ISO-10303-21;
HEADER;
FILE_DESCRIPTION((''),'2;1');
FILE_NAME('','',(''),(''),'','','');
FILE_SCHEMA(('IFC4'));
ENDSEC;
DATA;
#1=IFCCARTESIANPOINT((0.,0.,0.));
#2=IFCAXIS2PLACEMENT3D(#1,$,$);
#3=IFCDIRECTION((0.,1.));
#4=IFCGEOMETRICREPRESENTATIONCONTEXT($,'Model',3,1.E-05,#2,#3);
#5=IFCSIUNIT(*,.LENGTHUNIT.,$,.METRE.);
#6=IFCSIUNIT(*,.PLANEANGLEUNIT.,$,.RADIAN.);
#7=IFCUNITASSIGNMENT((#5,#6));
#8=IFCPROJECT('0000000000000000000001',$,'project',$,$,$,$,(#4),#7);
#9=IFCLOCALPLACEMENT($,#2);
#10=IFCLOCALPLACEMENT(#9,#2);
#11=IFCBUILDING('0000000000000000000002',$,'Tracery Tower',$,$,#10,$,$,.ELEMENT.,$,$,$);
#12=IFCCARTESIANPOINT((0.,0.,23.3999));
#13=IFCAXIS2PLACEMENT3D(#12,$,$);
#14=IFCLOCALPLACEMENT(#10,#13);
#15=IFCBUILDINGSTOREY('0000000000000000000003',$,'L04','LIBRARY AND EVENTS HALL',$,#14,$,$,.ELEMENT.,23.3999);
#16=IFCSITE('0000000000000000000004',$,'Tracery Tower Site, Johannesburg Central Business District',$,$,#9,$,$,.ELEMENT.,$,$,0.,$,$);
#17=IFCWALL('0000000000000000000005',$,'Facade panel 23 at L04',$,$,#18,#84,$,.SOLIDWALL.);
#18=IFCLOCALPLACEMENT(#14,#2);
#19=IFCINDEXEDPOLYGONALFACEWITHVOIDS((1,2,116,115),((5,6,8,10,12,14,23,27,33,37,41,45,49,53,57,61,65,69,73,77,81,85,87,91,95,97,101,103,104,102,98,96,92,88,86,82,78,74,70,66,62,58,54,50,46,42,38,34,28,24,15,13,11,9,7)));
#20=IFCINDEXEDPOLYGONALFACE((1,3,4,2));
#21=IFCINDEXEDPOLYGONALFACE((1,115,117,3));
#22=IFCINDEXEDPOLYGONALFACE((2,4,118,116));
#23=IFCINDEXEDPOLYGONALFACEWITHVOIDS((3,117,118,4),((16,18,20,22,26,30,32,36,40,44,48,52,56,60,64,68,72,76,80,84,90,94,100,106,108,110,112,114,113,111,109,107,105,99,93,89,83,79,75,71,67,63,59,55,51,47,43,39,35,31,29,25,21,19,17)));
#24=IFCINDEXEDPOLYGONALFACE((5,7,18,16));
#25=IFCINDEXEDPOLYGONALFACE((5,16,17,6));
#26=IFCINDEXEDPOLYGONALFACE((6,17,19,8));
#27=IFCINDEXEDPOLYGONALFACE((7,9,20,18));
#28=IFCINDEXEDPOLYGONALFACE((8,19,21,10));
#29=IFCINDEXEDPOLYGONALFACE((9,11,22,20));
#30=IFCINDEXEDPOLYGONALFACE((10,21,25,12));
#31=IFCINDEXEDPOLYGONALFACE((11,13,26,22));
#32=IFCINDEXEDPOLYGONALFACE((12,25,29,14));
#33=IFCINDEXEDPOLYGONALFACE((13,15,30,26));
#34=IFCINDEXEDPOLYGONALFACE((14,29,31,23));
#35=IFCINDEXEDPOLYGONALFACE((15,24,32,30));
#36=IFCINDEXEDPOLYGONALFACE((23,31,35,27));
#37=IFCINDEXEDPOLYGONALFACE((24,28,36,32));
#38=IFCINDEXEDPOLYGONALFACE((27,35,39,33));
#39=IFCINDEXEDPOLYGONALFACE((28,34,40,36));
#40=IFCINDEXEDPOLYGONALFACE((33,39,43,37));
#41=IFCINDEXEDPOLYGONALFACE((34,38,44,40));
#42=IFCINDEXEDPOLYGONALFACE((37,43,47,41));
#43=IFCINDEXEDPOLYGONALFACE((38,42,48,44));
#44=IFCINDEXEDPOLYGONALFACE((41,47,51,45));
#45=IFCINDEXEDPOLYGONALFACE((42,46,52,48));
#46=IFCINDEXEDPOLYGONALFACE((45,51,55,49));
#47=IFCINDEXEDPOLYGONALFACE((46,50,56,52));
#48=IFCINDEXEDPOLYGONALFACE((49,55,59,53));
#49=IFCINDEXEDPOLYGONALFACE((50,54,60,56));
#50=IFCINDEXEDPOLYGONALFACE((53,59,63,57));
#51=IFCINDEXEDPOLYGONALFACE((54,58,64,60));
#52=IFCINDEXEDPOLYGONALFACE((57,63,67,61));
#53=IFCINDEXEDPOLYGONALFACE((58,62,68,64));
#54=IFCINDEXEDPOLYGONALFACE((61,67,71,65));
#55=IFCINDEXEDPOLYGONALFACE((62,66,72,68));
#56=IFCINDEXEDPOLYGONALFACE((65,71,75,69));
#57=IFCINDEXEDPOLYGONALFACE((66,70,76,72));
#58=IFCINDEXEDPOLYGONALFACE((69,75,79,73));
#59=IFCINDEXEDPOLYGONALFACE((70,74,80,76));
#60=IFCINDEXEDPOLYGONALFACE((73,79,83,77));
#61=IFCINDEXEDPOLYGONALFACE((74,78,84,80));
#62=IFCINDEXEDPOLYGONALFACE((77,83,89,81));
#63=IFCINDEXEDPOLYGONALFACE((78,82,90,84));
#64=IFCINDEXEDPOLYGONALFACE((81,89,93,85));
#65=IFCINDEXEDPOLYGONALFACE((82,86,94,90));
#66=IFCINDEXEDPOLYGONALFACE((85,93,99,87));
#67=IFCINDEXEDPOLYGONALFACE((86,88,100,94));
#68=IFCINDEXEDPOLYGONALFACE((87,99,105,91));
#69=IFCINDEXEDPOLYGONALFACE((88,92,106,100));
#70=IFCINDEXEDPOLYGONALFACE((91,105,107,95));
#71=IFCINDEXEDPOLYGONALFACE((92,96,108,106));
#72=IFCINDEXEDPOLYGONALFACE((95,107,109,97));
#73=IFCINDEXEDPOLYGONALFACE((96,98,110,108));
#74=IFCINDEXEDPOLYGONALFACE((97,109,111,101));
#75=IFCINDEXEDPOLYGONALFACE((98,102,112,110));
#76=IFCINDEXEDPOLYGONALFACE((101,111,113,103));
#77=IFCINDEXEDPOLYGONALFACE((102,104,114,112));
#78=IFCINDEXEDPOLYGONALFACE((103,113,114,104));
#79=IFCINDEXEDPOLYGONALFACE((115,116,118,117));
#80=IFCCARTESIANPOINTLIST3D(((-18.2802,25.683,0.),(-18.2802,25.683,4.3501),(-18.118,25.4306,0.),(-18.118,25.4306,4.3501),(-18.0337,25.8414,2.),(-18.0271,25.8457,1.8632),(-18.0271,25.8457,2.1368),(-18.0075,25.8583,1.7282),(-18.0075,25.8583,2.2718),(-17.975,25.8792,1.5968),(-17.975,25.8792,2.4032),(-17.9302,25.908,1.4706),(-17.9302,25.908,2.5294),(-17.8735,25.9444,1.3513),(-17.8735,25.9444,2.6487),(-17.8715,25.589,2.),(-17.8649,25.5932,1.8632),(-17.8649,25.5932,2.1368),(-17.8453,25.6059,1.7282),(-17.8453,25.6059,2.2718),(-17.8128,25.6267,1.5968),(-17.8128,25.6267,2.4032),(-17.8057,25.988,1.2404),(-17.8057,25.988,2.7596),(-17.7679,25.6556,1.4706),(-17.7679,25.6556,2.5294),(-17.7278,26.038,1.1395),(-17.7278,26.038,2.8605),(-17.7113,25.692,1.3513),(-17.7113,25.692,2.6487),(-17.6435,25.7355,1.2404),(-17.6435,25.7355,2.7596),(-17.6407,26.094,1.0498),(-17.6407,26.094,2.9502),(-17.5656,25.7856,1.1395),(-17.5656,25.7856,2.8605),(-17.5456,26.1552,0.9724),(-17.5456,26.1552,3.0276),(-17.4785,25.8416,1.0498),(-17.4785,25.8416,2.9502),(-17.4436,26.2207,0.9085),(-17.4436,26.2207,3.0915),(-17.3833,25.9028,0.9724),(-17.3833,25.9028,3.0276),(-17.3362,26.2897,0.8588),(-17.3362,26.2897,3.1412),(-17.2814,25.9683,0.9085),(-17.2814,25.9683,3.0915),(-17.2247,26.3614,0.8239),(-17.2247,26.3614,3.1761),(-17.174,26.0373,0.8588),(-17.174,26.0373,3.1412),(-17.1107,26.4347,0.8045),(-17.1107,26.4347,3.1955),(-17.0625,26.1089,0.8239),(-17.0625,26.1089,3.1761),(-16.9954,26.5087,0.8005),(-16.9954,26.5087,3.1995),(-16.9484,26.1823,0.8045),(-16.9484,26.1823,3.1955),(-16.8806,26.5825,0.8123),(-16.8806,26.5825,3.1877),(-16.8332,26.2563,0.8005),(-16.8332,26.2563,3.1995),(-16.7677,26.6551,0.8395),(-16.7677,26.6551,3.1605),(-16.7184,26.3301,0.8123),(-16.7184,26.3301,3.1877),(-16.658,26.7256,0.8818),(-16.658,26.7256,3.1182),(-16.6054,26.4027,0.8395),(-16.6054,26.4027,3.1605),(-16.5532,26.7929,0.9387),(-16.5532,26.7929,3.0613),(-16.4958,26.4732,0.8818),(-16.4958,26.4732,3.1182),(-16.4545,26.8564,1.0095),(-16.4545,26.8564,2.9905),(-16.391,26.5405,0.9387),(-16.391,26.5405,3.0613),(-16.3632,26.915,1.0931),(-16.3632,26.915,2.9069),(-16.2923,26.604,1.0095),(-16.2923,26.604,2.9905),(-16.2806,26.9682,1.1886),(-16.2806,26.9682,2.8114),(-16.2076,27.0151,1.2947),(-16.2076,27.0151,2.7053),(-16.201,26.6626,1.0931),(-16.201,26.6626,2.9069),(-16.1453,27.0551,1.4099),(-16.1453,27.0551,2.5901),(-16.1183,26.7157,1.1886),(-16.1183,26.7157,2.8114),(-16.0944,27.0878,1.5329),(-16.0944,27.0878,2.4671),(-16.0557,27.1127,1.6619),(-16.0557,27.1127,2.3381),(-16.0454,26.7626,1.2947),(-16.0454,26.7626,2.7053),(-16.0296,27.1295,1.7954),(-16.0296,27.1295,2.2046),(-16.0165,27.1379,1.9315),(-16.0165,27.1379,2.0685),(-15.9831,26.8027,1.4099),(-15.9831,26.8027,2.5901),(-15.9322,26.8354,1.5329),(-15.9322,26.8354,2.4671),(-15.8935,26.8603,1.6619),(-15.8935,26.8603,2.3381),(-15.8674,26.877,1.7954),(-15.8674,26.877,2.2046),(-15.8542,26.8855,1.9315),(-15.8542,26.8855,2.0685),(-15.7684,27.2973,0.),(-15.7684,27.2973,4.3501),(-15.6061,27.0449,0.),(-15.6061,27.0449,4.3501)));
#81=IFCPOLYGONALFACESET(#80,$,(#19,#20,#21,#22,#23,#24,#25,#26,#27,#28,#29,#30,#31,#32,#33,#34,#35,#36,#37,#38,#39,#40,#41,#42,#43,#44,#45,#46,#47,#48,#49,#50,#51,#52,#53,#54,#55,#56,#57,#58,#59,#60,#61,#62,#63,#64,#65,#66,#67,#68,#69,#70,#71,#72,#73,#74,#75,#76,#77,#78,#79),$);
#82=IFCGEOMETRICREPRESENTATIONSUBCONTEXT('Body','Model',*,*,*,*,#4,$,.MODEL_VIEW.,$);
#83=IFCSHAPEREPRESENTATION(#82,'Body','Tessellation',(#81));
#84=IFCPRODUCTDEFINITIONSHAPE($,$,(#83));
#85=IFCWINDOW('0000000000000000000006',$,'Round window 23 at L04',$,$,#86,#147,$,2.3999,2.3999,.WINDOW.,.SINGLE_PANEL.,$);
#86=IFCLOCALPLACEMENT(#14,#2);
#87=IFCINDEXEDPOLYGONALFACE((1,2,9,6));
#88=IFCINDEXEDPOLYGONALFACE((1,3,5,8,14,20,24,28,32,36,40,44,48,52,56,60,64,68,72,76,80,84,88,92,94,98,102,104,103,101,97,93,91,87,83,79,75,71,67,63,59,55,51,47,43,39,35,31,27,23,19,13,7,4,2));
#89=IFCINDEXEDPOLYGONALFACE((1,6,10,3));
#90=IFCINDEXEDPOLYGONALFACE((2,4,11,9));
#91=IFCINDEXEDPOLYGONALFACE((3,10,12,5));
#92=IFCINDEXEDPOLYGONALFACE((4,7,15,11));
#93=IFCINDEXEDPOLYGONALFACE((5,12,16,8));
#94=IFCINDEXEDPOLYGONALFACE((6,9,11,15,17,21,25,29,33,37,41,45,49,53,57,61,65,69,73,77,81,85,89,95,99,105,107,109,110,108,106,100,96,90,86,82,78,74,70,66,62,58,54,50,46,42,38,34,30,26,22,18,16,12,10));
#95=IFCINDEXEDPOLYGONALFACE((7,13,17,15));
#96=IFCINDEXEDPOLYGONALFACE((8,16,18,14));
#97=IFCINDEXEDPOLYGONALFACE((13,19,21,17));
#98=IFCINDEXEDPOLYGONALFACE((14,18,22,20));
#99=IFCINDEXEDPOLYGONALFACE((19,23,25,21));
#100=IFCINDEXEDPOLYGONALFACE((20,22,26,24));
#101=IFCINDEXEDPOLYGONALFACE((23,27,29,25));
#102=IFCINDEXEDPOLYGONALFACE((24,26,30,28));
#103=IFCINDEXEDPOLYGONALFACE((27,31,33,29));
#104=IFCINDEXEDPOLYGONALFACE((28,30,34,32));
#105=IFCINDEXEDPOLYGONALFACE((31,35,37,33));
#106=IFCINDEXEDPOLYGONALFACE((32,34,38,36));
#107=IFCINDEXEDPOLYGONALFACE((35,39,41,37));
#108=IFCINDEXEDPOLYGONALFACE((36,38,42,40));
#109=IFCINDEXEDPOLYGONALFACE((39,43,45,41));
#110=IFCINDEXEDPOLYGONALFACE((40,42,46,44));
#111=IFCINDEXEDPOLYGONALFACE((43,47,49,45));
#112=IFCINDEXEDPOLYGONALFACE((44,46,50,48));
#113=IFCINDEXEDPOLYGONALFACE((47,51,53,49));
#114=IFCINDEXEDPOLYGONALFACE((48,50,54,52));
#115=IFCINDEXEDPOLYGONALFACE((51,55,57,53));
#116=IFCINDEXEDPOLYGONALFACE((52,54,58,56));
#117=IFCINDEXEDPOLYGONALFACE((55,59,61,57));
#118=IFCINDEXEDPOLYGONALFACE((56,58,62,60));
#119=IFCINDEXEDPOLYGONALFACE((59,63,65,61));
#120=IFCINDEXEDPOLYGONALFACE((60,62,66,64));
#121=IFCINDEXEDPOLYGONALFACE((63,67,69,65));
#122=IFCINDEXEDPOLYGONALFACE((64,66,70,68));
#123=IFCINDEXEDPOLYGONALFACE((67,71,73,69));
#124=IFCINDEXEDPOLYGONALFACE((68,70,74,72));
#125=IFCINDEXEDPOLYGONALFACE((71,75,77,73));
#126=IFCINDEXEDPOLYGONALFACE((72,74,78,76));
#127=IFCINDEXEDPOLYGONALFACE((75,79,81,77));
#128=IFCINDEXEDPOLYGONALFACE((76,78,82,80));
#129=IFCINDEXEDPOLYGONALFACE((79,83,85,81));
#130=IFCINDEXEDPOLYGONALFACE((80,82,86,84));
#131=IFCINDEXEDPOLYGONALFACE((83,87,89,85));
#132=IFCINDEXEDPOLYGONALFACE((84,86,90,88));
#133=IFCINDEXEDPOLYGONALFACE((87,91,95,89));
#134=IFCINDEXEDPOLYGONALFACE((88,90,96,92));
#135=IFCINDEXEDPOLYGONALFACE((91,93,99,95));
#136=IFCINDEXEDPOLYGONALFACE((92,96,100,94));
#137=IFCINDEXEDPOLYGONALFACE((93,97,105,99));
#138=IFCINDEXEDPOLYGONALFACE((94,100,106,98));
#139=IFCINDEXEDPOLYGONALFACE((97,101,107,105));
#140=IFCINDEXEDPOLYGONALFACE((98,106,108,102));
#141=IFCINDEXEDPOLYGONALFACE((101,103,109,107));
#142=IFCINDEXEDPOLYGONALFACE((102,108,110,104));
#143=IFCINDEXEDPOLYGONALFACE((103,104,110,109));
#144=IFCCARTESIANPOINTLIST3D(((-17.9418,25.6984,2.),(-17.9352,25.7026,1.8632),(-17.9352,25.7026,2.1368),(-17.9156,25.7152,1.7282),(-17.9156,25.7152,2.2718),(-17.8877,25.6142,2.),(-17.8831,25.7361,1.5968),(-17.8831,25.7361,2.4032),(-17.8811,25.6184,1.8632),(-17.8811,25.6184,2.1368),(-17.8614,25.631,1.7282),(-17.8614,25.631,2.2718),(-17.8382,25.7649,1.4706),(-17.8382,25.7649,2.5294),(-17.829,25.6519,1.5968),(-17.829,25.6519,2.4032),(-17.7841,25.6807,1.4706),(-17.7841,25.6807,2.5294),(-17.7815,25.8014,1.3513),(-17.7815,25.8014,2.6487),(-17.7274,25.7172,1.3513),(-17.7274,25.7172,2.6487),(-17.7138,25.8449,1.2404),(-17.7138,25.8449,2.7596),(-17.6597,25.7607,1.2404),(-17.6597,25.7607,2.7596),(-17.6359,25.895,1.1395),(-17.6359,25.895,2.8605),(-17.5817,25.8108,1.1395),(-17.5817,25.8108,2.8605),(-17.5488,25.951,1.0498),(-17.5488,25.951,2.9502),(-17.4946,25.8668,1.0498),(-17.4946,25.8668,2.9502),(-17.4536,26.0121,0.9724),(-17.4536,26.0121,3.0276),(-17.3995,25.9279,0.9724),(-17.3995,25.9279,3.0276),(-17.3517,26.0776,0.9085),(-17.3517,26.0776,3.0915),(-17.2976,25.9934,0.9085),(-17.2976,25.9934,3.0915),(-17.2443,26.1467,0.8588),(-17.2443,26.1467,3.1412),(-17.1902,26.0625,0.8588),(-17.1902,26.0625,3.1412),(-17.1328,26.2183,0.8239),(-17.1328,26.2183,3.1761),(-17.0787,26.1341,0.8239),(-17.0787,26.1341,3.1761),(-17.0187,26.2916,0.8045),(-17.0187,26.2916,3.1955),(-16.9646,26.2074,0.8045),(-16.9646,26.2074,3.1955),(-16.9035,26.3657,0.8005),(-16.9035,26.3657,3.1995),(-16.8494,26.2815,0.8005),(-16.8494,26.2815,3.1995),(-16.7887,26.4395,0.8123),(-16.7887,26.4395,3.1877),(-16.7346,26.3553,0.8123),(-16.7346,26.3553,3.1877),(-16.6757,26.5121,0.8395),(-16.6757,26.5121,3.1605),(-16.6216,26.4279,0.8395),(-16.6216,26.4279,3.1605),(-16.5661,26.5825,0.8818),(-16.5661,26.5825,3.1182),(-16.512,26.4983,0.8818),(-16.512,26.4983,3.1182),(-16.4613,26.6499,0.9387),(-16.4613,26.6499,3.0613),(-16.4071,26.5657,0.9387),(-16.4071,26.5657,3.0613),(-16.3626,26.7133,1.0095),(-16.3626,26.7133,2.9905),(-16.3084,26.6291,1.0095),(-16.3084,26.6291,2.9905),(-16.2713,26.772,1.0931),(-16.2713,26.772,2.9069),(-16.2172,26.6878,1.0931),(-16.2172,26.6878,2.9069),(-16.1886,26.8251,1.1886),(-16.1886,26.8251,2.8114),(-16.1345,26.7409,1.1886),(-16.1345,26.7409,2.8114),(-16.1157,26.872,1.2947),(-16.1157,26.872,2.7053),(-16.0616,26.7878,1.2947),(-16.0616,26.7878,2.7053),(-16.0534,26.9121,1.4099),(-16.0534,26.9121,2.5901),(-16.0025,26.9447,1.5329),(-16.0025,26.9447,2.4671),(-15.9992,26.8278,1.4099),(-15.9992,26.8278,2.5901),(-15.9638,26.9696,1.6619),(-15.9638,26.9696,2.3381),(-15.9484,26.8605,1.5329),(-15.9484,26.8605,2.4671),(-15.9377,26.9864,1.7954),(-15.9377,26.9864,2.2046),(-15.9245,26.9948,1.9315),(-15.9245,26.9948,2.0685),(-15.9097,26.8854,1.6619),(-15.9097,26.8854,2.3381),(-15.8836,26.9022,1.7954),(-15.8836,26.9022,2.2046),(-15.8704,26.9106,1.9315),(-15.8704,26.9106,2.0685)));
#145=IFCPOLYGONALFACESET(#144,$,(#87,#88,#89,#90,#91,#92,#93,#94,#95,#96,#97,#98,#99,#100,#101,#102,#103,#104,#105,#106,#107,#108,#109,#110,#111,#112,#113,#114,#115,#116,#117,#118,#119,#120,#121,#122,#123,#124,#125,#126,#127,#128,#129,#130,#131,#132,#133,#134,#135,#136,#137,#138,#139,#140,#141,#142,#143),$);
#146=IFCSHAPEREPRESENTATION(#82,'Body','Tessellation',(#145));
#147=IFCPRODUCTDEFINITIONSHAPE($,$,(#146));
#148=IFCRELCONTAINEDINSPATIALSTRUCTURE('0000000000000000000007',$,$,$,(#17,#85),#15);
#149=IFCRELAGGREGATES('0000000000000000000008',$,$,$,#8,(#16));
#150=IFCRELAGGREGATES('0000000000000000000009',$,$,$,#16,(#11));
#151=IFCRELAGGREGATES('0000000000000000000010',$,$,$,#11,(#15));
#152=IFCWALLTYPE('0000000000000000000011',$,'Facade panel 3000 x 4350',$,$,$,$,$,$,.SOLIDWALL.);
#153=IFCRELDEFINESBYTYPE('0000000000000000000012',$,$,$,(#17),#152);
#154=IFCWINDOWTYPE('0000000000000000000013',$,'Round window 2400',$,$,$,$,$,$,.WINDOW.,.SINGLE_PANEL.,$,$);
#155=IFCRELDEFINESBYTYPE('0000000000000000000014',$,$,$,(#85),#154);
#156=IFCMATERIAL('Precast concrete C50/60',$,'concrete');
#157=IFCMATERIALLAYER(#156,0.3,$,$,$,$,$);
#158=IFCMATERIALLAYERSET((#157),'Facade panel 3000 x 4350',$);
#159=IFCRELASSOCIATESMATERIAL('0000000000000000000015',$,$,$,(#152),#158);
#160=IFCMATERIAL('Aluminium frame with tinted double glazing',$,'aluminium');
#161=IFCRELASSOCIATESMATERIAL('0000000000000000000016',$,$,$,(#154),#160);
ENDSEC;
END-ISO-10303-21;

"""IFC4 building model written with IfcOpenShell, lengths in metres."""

from ifc_helpers import new_model, si_unit, direction, frame, frame_2d, origin, origin_2d, place, context, subcontext, project, spatial, rectangle, circle, extrude, material, layer, layer_set, type_object, element, fill, save


model = new_model("IFC4")

# Units and contexts
model_context = context("Model", 3, precision=1e-05, world=origin(), true_north=direction((0.0, 1.0)))
body_context = subcontext(model_context, "Body", "Model", "MODEL_VIEW")
ifc_project = project(units=[si_unit("LENGTHUNIT", "METRE"), si_unit("PLANEANGLEUNIT", "RADIAN")], contexts=[model_context])

# Site, building, storey
site_placement = place(None, origin())
site = spatial("IfcSite", under=ifc_project, at=site_placement, Name="Tracery Tower Site, Johannesburg Central Business District", CompositionType="ELEMENT", RefElevation=0.0)
building_placement = place(site_placement, origin())
building = spatial("IfcBuilding", under=site, at=building_placement, Name="Tracery Tower", CompositionType="ELEMENT")
storey_placement = place(building_placement, frame((0.0, 0.0, 23.3999)))
storey = spatial("IfcBuildingStorey", under=building, at=storey_placement, Name="L04", Description="LIBRARY AND EVENTS HALL", CompositionType="ELEMENT", Elevation=23.3999)

# Wall, opening, window
ifc_material_1 = material(Name="Precast concrete C50/60", Category="concrete")
ifc_layer_1 = layer(ifc_material_1, 0.3)
ifc_layer_set_1 = layer_set([ifc_layer_1], Name="Facade panel 3000 x 4350")
wall_type_1 = type_object("IfcWallType", Name="Facade panel 3000 x 4350", PredefinedType="SOLIDWALL", material=ifc_layer_set_1)
wall_1_placement = place(storey_placement, frame((-15.6873, 27.1711, 0.0), z_axis=(0.0, 0.0, 1.0), x_axis=(-0.841242, -0.540658, 0.0)))
wall_1 = element("IfcWall", 1, at=wall_1_placement, inside=storey, type_object=wall_type_1, Name="Facade panel 23 at L04", PredefinedType="SOLIDWALL", context=body_context, shape_type="SweptSolid", body=[
    extrude(rectangle(XDim=2.9858, YDim=0.3, at=frame_2d((1.4929, 0.0))), origin(), (0.0, 0.0, 1.0), 4.3501),
])
opening_1_placement = place(wall_1_placement, frame((1.4929, 0.0, 2.0)))
opening_1 = element("IfcOpeningElement", 2, at=opening_1_placement, cuts=wall_1, PredefinedType="OPENING", context=body_context, shape_type="SweptSolid", body=[
    extrude(circle(Radius=1.2, at=origin_2d()), frame((0.0, 0.1599, 0.0), z_axis=(0.0, -1.0, 0.0), x_axis=(1.0, 0.0, 0.0)), (0.0, 0.0, 1.0), 0.3201),
])
ifc_material_2 = material(Name="Aluminium frame with tinted double glazing", Category="aluminium")
window_type = type_object("IfcWindowType", Name="Round window 2400", PartitioningType="SINGLE_PANEL", PredefinedType="WINDOW", material=ifc_material_2)
window_1_placement = place(opening_1_placement, origin())
window_1 = element("IfcWindow", 3, at=window_1_placement, inside=storey, type_object=window_type, Name="Round window 23 at L04", OverallHeight=2.3999, OverallWidth=2.3999, PartitioningType="SINGLE_PANEL", PredefinedType="WINDOW", context=body_context, shape_type="SweptSolid", body=[
    extrude(circle(Radius=1.2, at=origin_2d()), frame((0.0, 0.1201, 0.0), z_axis=(0.0, -1.0, 0.0), x_axis=(1.0, 0.0, 0.0)), (0.0, 0.0, 1.0), 0.1001),
])
fill(opening_1, window_1)

save(model, "model.ifc")
